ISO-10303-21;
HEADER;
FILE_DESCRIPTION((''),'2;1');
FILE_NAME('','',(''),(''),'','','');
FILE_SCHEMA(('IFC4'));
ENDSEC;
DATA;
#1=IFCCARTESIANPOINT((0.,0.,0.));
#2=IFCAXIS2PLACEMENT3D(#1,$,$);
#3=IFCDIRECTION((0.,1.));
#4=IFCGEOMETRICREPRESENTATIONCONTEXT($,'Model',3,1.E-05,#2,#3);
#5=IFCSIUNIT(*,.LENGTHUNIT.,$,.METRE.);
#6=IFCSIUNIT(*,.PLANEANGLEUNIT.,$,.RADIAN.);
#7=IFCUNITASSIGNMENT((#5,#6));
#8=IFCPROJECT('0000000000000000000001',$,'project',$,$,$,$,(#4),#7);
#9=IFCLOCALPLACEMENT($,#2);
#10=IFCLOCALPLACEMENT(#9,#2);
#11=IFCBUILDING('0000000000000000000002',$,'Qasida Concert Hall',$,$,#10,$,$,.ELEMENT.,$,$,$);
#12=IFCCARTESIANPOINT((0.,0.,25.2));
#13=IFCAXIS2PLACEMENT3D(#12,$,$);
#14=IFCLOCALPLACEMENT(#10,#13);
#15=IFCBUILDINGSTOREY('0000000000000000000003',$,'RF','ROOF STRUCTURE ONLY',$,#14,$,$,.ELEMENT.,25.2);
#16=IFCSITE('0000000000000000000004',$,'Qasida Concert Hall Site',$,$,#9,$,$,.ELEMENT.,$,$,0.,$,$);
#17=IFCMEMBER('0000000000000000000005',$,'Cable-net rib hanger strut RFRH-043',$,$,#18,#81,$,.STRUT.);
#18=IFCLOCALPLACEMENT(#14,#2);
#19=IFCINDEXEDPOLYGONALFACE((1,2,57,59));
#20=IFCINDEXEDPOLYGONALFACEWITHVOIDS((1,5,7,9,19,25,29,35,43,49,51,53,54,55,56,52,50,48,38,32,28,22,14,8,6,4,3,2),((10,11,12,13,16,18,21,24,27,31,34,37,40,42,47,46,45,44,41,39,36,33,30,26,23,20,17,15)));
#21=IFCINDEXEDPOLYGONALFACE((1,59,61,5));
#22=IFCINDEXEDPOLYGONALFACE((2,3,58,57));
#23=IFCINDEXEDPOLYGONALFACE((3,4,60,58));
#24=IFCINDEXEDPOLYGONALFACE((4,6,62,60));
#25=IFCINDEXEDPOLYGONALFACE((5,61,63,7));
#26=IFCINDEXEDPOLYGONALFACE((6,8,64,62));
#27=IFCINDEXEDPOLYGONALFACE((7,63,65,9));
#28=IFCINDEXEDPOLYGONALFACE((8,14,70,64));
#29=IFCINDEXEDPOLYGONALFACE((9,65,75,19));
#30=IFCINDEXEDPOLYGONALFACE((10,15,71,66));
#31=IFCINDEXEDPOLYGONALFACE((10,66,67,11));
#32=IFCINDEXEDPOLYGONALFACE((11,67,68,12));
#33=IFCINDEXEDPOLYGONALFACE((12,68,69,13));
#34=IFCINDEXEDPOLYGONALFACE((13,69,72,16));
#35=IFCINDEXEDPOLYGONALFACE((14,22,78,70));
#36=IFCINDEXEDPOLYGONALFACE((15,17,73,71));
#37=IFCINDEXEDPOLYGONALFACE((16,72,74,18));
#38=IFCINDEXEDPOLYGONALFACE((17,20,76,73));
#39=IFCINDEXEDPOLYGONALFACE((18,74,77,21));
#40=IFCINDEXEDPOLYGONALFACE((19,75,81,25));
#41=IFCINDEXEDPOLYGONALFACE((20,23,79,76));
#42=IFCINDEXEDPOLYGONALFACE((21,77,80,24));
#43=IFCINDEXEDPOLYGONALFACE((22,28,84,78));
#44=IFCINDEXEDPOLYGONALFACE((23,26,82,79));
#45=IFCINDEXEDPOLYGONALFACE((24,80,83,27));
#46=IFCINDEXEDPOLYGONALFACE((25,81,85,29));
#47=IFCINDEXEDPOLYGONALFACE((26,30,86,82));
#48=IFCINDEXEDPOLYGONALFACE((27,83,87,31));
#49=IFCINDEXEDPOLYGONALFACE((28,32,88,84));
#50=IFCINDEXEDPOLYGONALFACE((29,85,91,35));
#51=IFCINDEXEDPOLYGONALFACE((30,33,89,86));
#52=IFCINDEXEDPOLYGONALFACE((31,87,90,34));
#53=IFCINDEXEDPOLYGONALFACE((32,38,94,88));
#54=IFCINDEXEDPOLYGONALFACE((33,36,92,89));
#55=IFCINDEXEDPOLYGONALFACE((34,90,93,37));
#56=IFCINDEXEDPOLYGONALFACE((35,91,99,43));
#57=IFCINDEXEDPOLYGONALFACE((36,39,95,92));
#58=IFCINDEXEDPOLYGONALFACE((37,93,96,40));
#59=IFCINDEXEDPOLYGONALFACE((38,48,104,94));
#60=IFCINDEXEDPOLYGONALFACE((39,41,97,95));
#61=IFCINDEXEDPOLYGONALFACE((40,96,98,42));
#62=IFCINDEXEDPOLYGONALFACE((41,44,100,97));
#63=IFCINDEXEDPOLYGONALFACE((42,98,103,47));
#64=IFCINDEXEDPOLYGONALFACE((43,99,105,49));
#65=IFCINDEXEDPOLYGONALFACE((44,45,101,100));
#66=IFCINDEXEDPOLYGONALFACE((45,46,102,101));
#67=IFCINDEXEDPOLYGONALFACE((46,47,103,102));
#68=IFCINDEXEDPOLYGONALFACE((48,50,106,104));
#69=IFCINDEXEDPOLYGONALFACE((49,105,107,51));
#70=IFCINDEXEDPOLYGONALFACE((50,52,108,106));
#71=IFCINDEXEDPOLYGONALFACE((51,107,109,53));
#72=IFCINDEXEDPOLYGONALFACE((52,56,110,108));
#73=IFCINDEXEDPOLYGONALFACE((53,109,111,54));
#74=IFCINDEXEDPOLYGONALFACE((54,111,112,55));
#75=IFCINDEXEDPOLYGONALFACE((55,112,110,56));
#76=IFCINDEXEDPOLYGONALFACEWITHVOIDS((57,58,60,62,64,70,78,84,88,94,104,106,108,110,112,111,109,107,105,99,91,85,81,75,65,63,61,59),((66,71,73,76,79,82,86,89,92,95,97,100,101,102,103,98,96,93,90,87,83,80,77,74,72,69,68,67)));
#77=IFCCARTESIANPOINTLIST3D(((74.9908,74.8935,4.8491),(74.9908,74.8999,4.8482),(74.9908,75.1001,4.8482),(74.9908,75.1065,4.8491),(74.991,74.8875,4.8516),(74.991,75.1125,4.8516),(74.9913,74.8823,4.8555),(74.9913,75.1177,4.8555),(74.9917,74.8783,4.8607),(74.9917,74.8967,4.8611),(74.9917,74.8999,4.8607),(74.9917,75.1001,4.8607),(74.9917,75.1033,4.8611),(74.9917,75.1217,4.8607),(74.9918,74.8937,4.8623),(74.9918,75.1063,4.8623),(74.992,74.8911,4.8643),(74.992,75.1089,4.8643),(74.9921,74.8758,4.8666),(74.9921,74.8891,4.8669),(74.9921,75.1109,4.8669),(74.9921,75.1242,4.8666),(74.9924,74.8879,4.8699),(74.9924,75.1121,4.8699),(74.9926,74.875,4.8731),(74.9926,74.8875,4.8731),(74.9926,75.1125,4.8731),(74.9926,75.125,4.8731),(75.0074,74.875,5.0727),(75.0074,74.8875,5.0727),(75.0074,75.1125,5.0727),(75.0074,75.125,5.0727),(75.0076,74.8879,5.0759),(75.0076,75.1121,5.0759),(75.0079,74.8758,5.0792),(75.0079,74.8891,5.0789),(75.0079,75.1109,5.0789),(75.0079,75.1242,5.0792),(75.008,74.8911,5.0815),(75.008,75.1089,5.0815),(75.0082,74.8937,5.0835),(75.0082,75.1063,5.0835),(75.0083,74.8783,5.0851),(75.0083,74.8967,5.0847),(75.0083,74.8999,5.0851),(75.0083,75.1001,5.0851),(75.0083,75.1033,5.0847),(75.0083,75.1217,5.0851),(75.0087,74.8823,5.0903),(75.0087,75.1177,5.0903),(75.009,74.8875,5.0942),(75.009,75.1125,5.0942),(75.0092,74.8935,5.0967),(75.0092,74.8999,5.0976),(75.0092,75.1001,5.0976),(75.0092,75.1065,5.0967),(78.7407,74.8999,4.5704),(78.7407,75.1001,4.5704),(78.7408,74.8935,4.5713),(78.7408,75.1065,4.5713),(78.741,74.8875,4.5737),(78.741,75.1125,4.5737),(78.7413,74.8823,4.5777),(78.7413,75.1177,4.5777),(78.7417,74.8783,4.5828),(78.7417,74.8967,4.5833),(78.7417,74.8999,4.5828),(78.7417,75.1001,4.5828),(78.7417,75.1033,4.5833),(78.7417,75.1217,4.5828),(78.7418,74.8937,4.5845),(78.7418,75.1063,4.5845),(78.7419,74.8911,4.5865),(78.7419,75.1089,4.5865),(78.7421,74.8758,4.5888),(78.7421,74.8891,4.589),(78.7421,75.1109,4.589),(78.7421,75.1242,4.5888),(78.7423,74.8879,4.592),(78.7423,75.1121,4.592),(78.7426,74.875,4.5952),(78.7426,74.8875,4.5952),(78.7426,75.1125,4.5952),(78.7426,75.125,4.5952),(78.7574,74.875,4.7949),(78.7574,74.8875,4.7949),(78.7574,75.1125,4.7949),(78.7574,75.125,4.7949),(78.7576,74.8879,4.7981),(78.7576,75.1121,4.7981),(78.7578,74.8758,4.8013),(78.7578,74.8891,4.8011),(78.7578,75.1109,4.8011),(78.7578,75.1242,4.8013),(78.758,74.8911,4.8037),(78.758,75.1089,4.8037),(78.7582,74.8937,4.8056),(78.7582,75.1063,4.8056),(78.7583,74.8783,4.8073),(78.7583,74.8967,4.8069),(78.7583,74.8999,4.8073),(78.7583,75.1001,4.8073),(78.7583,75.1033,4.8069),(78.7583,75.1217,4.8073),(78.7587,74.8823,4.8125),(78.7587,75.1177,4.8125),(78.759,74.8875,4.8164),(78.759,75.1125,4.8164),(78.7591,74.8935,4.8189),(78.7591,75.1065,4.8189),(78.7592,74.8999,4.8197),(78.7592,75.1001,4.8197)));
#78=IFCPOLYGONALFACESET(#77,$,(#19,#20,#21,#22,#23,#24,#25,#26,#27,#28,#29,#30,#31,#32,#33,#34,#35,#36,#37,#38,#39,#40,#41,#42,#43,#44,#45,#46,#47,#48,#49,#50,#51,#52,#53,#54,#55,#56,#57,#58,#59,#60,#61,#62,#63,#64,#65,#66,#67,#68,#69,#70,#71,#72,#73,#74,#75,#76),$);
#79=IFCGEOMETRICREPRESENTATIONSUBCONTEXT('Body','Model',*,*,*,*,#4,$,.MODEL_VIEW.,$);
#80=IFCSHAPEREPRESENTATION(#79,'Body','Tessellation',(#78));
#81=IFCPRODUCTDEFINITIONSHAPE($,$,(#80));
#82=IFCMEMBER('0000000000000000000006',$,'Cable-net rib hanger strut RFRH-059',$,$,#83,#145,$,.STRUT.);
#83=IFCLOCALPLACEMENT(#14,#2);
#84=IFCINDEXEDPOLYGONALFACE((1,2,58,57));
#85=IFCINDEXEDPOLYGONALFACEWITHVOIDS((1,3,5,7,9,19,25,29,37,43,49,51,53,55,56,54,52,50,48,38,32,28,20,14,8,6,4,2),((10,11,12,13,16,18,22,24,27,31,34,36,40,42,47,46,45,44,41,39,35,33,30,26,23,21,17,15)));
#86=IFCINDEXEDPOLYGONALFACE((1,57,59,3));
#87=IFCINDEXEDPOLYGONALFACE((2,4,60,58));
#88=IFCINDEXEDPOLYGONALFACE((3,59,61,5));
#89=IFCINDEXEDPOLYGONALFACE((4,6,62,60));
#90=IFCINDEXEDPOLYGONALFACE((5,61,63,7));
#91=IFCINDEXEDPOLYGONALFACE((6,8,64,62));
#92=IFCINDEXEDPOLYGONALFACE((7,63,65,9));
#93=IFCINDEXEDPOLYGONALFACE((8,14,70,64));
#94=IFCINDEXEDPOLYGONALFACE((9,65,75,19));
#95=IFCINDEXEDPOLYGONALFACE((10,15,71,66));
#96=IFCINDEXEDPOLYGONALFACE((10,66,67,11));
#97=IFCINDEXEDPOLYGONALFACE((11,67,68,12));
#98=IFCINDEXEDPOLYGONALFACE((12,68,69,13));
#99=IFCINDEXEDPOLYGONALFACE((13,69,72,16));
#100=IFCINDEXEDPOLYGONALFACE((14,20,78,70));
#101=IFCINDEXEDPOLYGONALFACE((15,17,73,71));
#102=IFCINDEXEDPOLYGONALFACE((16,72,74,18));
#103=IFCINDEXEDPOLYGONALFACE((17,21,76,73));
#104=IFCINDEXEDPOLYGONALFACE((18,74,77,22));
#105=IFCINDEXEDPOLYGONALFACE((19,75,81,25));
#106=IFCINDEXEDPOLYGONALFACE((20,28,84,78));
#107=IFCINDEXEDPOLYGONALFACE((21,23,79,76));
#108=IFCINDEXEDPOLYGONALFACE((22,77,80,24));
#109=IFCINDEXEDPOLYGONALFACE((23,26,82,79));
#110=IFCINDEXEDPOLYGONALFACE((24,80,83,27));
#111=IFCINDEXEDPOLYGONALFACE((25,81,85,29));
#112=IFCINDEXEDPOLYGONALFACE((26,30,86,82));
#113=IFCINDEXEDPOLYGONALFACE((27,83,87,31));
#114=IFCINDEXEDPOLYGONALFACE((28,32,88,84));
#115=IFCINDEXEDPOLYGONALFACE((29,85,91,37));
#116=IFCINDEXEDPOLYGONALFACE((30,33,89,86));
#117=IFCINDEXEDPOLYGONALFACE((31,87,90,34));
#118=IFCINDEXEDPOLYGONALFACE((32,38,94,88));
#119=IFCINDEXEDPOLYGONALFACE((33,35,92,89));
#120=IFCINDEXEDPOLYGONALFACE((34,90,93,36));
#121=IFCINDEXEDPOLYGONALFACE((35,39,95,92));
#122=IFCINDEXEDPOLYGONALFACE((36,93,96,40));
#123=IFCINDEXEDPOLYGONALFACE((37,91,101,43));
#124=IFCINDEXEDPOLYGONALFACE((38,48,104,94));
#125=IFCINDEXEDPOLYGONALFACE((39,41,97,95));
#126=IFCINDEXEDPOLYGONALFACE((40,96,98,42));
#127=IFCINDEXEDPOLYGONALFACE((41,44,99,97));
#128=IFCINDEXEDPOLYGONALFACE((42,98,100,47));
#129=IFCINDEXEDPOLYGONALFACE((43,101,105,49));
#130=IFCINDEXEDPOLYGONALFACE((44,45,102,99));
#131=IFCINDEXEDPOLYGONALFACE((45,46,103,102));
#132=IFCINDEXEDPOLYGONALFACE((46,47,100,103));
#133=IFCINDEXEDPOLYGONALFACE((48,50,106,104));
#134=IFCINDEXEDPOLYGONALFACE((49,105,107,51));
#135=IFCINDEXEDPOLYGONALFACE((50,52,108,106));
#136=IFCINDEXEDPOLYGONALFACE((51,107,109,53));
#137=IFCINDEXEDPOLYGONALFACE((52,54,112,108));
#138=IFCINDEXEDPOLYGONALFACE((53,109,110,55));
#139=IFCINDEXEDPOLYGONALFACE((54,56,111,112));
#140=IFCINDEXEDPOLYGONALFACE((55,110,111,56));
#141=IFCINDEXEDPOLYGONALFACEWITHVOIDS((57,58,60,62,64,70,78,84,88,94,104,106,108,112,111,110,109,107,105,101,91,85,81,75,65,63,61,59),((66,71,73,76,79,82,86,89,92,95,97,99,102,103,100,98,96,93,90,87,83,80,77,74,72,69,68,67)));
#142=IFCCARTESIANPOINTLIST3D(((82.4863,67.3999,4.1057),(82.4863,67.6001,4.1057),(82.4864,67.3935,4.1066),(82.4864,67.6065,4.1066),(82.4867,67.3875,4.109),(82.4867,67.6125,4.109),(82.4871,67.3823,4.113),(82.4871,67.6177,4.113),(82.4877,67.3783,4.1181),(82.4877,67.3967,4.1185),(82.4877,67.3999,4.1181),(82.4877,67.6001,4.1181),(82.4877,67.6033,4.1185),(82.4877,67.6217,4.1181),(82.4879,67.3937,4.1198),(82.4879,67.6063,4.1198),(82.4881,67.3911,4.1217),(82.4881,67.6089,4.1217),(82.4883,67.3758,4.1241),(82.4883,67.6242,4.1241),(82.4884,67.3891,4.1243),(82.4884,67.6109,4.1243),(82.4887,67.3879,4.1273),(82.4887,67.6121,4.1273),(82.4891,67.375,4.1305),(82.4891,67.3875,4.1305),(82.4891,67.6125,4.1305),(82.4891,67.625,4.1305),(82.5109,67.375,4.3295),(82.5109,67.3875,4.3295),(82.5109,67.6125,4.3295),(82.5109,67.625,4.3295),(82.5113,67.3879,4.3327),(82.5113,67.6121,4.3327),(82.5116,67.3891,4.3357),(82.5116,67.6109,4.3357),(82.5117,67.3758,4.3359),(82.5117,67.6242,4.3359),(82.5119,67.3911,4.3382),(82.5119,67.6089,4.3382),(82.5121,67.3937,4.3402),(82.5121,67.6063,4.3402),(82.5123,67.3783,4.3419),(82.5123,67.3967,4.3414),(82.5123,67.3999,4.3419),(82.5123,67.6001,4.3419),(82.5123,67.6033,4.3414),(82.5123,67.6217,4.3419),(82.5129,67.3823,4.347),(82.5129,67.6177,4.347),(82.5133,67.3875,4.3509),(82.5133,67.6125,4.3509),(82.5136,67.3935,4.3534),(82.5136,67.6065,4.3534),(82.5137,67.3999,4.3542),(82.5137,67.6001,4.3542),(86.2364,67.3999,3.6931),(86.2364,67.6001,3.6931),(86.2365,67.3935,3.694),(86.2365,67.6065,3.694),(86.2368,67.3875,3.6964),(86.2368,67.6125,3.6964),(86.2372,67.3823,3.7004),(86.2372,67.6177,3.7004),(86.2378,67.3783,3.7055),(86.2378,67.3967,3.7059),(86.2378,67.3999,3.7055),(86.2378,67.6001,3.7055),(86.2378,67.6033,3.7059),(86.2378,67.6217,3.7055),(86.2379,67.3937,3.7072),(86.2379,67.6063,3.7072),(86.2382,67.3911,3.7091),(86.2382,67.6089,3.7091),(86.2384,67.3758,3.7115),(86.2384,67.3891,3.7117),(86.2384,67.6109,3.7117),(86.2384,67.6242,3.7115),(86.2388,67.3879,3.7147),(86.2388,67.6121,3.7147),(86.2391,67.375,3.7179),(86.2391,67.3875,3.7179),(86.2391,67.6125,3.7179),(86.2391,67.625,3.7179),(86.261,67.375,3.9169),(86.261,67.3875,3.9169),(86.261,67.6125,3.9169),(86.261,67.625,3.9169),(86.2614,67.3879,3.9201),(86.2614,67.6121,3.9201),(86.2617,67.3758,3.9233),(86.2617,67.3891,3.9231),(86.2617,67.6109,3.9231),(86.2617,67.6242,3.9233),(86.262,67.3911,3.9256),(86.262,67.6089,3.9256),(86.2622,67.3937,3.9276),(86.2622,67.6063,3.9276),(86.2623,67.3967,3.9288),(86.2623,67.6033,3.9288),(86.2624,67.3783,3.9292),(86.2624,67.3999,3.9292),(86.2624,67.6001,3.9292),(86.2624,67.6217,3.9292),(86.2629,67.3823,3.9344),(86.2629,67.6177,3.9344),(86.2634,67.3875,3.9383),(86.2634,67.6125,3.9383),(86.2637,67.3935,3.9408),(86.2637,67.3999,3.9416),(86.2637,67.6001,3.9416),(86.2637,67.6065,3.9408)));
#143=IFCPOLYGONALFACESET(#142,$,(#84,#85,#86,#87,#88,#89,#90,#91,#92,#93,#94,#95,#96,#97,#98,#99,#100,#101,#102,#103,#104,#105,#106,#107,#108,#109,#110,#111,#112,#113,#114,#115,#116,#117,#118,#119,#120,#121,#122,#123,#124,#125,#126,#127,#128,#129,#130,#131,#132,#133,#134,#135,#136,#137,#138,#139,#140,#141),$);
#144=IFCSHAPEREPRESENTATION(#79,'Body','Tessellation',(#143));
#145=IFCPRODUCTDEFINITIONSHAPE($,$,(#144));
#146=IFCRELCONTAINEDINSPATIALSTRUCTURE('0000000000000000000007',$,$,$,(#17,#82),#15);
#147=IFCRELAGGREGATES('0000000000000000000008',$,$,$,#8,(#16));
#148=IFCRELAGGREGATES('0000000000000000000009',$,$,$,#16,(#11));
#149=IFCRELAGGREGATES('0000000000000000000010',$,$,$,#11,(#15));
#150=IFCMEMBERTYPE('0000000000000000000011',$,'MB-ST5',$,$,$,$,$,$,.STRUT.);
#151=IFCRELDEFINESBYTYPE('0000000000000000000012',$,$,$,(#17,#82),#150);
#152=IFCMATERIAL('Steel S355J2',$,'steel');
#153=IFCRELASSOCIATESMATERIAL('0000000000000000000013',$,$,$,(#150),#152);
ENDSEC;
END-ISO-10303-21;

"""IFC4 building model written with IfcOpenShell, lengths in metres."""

from ifc_helpers import new_model, si_unit, direction, frame, origin, origin_2d, place, context, subcontext, project, spatial, hollow_rectangle, extrude, material, material_profile, profile_set, type_object, element, save


model = new_model("IFC4")

# Units and contexts
model_context = context("Model", 3, precision=1e-05, world=origin(), true_north=direction((0.0, 1.0)))
body_context = subcontext(model_context, "Body", "Model", "MODEL_VIEW")
ifc_project = project(units=[si_unit("LENGTHUNIT", "METRE"), si_unit("PLANEANGLEUNIT", "RADIAN")], contexts=[model_context])

# Site, building, storey
site_placement = place(None, origin())
site = spatial("IfcSite", under=ifc_project, at=site_placement, Name="Qasida Concert Hall Site", CompositionType="ELEMENT", RefElevation=0.0)
building_placement = place(site_placement, origin())
building = spatial("IfcBuilding", under=site, at=building_placement, Name="Qasida Concert Hall", CompositionType="ELEMENT")
storey_placement = place(building_placement, frame((0.0, 0.0, 25.2)))
storey = spatial("IfcBuildingStorey", under=building, at=storey_placement, Name="RF", Description="ROOF STRUCTURE ONLY", CompositionType="ELEMENT", Elevation=25.2)

# Members
ifc_material_1 = material(Name="Steel S355J2", Category="steel")
ifc_material_profile_1 = material_profile(ifc_material_1, hollow_rectangle(XDim=0.25, YDim=0.25, WallThickness=0.0125, InnerFilletRadius=0.0125, OuterFilletRadius=0.0249, at=origin_2d()), Name="SHS 250x250x12.5")
ifc_profile_set_1 = profile_set([ifc_material_profile_1], Name="Steel S355J2")
member_type_1 = type_object("IfcMemberType", Name="MB-ST5", PredefinedType="STRUT", material=ifc_profile_set_1)
member_1_placement = place(storey_placement, frame((75.0, 75.0, 4.9729), z_axis=(0.997267, 0.0, -0.073886), x_axis=(0.0, 1.0, 0.0)))
element("IfcMember", 1, at=member_1_placement, inside=storey, type_object=member_type_1, Name="Cable-net rib hanger strut RFRH-043", PredefinedType="STRUT", context=body_context, shape_type="SweptSolid", body=[
    extrude(hollow_rectangle(XDim=0.25, YDim=0.25, WallThickness=0.0125, InnerFilletRadius=0.0125, OuterFilletRadius=0.0249, at=origin_2d()), origin(), (0.0, 0.0, 1.0), 3.7603),
])
for number, where, z_axis, x_axis, name in (
    (2, (82.5, 67.5, 4.23), (0.994002, 0.0, -0.109366), (0.0, 1.0, 0.0), "Cable-net rib hanger strut RFRH-059"),
):
    element("IfcMember", number, at=place(storey_placement, frame(where, z_axis=z_axis, x_axis=x_axis)), inside=storey, type_object=member_type_1, Name=name, PredefinedType="STRUT", context=body_context, shape_type="SweptSolid", body=[
        extrude(hollow_rectangle(XDim=0.25, YDim=0.25, WallThickness=0.0125, InnerFilletRadius=0.0125, OuterFilletRadius=0.0249, at=origin_2d()), origin(), (0.0, 0.0, 1.0), 3.7727),
    ])

save(model, "model.ifc")
